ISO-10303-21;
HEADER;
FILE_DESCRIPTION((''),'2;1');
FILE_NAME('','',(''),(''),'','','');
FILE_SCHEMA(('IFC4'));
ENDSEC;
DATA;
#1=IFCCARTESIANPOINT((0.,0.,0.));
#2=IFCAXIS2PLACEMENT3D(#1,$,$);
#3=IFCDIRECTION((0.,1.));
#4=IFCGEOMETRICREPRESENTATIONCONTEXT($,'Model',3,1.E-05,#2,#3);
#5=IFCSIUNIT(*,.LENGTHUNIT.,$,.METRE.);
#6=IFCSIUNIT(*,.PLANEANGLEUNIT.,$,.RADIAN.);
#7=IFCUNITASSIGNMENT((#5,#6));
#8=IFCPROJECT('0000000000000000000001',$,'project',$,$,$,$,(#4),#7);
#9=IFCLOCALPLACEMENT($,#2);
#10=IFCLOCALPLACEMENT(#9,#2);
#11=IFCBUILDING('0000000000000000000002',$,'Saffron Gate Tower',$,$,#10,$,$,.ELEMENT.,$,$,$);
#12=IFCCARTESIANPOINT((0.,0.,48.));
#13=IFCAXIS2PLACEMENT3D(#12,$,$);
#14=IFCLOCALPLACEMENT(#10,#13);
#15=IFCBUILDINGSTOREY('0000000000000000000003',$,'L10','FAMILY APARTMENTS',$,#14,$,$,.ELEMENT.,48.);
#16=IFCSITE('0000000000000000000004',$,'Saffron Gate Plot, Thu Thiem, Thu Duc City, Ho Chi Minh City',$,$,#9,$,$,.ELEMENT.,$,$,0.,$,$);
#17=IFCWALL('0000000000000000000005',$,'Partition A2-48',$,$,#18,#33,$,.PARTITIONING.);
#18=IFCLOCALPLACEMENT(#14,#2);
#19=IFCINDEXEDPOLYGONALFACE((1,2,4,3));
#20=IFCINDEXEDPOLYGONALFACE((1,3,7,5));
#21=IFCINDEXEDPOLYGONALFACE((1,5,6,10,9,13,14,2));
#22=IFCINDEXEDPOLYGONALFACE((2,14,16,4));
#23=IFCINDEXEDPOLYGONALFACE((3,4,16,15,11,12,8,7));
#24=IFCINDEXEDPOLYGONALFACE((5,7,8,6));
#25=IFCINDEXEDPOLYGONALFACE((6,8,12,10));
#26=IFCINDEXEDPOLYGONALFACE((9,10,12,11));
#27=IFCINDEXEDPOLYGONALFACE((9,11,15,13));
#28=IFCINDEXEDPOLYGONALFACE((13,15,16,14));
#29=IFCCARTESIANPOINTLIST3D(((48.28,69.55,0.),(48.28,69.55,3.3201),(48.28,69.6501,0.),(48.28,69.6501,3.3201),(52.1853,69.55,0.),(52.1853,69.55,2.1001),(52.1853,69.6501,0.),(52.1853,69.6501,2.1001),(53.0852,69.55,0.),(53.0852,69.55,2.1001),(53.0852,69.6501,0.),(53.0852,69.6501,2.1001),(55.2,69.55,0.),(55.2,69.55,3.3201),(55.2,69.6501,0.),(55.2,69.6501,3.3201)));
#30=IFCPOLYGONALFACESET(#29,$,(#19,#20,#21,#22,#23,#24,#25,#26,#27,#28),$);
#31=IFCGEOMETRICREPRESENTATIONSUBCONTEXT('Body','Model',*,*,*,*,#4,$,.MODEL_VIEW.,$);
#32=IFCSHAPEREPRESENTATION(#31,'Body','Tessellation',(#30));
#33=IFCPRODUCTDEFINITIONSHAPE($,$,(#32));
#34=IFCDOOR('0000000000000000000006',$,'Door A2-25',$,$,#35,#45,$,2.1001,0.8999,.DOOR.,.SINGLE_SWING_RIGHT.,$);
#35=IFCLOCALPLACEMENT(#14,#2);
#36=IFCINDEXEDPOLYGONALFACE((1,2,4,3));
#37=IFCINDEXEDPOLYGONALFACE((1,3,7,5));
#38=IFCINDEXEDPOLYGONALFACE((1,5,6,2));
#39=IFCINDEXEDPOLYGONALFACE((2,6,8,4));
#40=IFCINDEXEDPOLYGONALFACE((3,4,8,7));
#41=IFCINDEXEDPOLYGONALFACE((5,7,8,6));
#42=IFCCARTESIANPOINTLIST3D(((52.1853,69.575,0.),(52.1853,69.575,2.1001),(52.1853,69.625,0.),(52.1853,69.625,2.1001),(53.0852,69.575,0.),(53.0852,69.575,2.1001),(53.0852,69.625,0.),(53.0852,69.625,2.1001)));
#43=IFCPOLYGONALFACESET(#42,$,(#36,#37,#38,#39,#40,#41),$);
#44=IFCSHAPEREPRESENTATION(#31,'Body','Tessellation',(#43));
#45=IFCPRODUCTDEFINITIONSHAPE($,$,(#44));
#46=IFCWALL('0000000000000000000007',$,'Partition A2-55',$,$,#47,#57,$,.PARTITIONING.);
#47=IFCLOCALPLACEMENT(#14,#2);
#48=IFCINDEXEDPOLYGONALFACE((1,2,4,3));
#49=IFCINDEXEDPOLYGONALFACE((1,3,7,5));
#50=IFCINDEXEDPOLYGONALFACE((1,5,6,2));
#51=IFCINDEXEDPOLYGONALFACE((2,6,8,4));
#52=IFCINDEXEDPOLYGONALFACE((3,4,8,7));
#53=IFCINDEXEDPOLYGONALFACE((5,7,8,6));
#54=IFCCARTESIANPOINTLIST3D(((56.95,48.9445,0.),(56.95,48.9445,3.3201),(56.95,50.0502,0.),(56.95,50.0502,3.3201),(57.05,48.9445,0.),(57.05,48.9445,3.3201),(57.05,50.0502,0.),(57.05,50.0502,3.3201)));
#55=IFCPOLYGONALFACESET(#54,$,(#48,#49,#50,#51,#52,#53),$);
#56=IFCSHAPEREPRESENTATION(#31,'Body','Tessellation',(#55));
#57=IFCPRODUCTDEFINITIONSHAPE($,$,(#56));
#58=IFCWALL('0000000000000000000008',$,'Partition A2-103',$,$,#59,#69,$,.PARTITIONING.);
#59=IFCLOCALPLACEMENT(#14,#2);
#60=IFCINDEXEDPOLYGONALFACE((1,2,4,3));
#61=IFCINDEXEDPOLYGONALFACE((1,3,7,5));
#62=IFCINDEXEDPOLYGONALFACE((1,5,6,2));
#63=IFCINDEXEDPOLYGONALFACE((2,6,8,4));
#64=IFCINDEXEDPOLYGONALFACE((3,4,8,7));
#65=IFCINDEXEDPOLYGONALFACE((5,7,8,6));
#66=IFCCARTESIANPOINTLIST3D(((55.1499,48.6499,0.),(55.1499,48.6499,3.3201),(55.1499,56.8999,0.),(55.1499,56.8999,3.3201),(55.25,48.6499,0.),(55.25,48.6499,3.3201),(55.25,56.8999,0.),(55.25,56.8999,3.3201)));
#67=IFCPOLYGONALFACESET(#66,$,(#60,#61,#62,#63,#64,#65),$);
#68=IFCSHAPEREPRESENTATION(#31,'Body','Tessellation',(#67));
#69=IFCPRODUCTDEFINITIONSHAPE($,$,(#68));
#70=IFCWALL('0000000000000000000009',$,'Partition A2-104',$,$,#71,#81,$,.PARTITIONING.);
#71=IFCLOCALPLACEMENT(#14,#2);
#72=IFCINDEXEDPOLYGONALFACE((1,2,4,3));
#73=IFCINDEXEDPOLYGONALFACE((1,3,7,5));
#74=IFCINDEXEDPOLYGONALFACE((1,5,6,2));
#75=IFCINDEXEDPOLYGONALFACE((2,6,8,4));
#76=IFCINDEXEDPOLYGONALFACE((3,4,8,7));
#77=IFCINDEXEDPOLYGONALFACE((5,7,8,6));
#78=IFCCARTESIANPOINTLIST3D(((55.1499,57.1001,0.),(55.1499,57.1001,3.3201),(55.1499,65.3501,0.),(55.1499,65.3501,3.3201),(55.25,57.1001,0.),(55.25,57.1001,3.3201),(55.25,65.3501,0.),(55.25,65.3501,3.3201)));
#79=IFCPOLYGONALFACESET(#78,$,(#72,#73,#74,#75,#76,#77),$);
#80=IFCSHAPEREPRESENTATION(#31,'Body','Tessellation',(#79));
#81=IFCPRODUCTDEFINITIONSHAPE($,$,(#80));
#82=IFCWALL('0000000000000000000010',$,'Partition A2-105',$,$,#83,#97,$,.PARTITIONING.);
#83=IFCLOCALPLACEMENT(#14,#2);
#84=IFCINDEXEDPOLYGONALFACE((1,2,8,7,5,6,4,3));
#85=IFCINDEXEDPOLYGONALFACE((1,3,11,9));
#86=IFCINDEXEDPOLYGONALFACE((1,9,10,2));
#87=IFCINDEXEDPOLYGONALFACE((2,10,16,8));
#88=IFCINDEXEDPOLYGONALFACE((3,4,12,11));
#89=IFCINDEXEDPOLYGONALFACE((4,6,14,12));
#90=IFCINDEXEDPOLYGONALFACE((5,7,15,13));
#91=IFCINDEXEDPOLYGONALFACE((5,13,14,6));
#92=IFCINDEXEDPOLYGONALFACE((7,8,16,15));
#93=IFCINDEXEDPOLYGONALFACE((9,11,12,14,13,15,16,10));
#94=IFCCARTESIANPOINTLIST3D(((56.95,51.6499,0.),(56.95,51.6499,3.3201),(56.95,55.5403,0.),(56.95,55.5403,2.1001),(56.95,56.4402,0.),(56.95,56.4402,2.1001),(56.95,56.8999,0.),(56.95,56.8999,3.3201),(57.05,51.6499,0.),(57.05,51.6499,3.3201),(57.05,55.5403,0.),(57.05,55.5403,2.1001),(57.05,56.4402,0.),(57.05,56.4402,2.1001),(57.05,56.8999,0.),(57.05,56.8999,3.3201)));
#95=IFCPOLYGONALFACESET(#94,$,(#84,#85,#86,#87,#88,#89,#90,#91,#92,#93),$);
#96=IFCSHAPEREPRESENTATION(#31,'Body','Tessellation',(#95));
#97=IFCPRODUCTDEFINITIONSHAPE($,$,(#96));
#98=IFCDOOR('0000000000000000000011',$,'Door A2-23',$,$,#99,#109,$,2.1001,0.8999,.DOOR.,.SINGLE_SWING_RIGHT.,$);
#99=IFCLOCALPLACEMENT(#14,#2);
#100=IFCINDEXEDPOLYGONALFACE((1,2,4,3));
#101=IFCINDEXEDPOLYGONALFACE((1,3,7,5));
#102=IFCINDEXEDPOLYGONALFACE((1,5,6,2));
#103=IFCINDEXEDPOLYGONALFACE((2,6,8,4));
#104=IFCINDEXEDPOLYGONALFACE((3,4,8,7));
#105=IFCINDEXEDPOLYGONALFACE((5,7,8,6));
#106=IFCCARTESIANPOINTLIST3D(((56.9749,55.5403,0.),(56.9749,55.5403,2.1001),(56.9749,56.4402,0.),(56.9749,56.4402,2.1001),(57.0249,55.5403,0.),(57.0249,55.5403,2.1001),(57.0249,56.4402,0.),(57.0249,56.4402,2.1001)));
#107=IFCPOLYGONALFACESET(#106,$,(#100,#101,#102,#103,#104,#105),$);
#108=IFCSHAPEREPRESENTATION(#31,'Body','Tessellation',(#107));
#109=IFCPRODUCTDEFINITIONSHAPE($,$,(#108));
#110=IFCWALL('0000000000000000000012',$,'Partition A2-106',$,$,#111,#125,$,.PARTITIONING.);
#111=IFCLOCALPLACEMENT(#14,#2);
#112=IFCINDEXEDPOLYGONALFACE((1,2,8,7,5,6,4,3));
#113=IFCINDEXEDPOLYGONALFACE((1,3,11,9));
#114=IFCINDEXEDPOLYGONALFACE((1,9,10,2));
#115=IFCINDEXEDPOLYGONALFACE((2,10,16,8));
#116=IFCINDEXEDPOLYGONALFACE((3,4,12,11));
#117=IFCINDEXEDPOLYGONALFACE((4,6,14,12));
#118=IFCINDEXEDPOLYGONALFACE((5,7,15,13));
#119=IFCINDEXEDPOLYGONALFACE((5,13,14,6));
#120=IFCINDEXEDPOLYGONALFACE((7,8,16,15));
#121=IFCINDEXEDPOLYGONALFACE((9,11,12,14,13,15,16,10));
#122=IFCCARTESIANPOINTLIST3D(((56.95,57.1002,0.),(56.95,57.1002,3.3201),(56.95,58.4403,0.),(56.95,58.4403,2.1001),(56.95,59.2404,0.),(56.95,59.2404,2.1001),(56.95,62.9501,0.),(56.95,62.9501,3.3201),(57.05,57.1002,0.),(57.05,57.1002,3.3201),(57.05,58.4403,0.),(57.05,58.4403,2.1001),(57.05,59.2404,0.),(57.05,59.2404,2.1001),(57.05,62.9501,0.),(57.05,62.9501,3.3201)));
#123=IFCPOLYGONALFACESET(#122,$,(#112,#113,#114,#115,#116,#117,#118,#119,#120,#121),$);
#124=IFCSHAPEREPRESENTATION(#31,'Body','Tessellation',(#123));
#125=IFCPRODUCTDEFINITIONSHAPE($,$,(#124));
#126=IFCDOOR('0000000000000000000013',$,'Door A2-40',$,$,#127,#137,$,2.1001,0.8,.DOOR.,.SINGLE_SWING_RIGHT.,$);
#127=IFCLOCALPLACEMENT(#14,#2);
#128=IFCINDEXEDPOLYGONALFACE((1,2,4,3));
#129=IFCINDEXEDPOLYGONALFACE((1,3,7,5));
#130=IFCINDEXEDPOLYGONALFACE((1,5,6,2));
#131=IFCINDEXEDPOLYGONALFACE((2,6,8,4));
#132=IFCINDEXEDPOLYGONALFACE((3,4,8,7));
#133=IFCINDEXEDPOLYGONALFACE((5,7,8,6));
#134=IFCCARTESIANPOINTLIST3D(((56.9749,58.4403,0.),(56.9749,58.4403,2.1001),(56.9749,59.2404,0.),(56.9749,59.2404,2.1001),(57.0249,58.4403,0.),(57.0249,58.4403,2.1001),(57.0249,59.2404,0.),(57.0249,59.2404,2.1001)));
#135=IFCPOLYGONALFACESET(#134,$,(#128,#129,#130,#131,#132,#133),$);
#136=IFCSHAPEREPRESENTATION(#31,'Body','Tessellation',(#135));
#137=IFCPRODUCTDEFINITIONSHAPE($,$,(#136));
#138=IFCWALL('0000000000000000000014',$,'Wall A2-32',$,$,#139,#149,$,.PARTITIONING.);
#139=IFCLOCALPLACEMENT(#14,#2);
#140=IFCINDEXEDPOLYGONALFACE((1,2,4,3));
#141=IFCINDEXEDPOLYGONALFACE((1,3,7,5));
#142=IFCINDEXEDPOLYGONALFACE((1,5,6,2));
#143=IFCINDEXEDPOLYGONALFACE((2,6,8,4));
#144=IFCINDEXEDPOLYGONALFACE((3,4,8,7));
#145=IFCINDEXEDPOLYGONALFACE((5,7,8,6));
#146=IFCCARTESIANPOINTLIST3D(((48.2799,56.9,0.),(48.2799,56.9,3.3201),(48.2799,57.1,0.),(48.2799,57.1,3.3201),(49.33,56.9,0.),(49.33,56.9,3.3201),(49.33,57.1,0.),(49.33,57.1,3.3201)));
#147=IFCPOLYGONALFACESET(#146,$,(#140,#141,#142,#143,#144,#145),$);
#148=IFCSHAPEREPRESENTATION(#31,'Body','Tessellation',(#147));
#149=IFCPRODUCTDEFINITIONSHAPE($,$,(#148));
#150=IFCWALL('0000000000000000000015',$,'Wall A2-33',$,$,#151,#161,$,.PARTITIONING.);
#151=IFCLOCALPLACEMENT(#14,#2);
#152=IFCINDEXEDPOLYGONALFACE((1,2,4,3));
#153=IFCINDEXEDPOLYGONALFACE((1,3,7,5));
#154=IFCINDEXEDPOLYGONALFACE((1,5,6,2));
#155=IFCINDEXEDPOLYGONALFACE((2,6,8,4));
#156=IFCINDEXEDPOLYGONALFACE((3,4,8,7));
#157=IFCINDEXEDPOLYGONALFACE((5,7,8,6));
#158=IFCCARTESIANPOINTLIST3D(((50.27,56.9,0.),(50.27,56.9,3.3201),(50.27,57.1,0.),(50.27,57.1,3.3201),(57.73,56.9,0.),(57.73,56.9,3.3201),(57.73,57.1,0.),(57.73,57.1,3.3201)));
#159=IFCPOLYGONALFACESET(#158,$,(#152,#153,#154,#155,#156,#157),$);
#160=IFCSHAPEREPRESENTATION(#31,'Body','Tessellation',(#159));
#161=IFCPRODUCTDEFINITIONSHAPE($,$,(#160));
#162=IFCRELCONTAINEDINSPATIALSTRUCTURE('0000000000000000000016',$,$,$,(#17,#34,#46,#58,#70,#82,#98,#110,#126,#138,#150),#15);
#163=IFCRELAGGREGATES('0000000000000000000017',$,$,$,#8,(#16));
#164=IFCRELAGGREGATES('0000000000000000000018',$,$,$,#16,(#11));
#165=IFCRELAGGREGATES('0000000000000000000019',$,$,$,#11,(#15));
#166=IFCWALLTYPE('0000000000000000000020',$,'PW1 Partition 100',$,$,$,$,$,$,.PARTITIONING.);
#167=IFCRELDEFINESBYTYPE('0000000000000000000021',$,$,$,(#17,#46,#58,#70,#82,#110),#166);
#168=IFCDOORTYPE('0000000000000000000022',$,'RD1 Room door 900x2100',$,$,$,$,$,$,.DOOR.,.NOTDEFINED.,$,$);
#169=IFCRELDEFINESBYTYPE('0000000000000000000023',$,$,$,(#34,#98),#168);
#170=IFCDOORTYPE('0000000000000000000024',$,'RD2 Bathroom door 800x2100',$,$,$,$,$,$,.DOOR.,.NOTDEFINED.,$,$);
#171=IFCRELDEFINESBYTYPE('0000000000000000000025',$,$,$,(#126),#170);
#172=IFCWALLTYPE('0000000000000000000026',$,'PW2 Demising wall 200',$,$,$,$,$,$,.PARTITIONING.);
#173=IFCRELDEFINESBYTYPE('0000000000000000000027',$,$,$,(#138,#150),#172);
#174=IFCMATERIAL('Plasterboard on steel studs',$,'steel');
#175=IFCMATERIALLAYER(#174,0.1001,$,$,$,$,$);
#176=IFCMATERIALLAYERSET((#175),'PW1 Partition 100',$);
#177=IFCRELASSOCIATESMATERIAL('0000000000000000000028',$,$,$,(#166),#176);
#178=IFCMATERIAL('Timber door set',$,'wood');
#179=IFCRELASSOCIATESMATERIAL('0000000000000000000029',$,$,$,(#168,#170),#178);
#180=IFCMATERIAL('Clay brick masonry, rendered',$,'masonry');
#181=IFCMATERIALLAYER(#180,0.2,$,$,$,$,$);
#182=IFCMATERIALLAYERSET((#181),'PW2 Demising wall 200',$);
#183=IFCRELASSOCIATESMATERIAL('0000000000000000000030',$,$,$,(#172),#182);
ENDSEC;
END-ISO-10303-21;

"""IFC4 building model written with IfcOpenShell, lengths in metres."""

from ifc_helpers import new_model, si_unit, direction, frame, frame_2d, origin, place, context, subcontext, project, spatial, rectangle, extrude, material, layer, layer_set, type_object, element, fill, save


model = new_model("IFC4")

# Units and contexts
model_context = context("Model", 3, precision=1e-05, world=origin(), true_north=direction((0.0, 1.0)))
body_context = subcontext(model_context, "Body", "Model", "MODEL_VIEW")
ifc_project = project(units=[si_unit("LENGTHUNIT", "METRE"), si_unit("PLANEANGLEUNIT", "RADIAN")], contexts=[model_context])

# Site, building, storey
site_placement = place(None, origin())
site = spatial("IfcSite", under=ifc_project, at=site_placement, Name="Saffron Gate Plot, Thu Thiem, Thu Duc City, Ho Chi Minh City", CompositionType="ELEMENT", RefElevation=0.0)
building_placement = place(site_placement, origin())
building = spatial("IfcBuilding", under=site, at=building_placement, Name="Saffron Gate Tower", CompositionType="ELEMENT")
storey_placement = place(building_placement, frame((0.0, 0.0, 48.0)))
storey = spatial("IfcBuildingStorey", under=building, at=storey_placement, Name="L10", Description="FAMILY APARTMENTS", CompositionType="ELEMENT", Elevation=48.0)

# Shared definitions
ifc_material_1 = material(Name="Plasterboard on steel studs", Category="steel")
ifc_layer_1 = layer(ifc_material_1, 0.1001)
ifc_layer_set_1 = layer_set([ifc_layer_1], Name="PW1 Partition 100")
wall_type_1 = type_object("IfcWallType", Name="PW1 Partition 100", PredefinedType="PARTITIONING", material=ifc_layer_set_1)

# Shared definitions
ifc_material_2 = material(Name="Timber door set", Category="wood")
door_type_1 = type_object("IfcDoorType", Name="RD1 Room door 900x2100", OperationType="NOTDEFINED", PredefinedType="DOOR", material=ifc_material_2)

# Shared definitions
door_type_2 = type_object("IfcDoorType", Name="RD2 Bathroom door 800x2100", OperationType="NOTDEFINED", PredefinedType="DOOR", material=ifc_material_2)

# Wall, opening, door
wall_1_placement = place(storey_placement, frame((48.28, 69.6001, 0.0), z_axis=(0.0, 0.0, 1.0), x_axis=(1.0, 0.0, 0.0)))
wall_1 = element("IfcWall", 1, at=wall_1_placement, inside=storey, type_object=wall_type_1, Name="Partition A2-48", PredefinedType="PARTITIONING", context=body_context, shape_type="SweptSolid", body=[
    extrude(rectangle(XDim=6.9199, YDim=0.1001, at=frame_2d((3.46, 0.0))), origin(), (0.0, 0.0, 1.0), 3.3201),
])
opening_1_placement = place(wall_1_placement, frame((3.9053, 0.0, 0.0)))
opening_1 = element("IfcOpeningElement", 2, at=opening_1_placement, cuts=wall_1, PredefinedType="OPENING", context=body_context, shape_type="SweptSolid", body=[
    extrude(rectangle(XDim=0.8999, YDim=2.1001, at=frame_2d((0.45, 1.05))), frame((0.0, 0.0601, 0.0), z_axis=(0.0, -1.0, 0.0), x_axis=(1.0, 0.0, 0.0)), (0.0, 0.0, 1.0), 0.1201),
])
door_1_placement = place(opening_1_placement, origin())
door_1 = element("IfcDoor", 3, at=door_1_placement, inside=storey, type_object=door_type_1, Name="Door A2-25", OperationType="SINGLE_SWING_RIGHT", OverallHeight=2.1001, OverallWidth=0.8999, PredefinedType="DOOR", context=body_context, shape_type="SweptSolid", body=[
    extrude(rectangle(XDim=0.8999, YDim=2.1001, at=frame_2d((0.45, 1.05))), frame((0.0, 0.0249, 0.0), z_axis=(0.0, -1.0, 0.0), x_axis=(1.0, 0.0, 0.0)), (0.0, 0.0, 1.0), 0.05),
])
fill(opening_1, door_1)

# Walls
wall_2_placement = place(storey_placement, frame((57.0, 50.05, 0.0), z_axis=(0.0, 0.0, 1.0), x_axis=(0.0, -1.0, 0.0)))
element("IfcWall", 4, at=wall_2_placement, inside=storey, type_object=wall_type_1, Name="Partition A2-55", PredefinedType="PARTITIONING", context=body_context, shape_type="SweptSolid", body=[
    extrude(rectangle(XDim=1.1057, YDim=0.1001, at=frame_2d((0.5527, 0.0))), origin(), (0.0, 0.0, 1.0), 3.3201),
])
for number, where, z_axis, x_axis, name in (
    (5, (55.2, 56.8999, 0.0), (0.0, 0.0, 1.0), (0.0, -1.0, 0.0), "Partition A2-103"),
    (6, (55.2, 65.3501, 0.0), (0.0, 0.0, 1.0), (0.0, -1.0, 0.0), "Partition A2-104"),
):
    element("IfcWall", number, at=place(storey_placement, frame(where, z_axis=z_axis, x_axis=x_axis)), inside=storey, type_object=wall_type_1, Name=name, PredefinedType="PARTITIONING", context=body_context, shape_type="SweptSolid", body=[
        extrude(rectangle(XDim=8.25, YDim=0.1001, at=frame_2d((4.125, 0.0))), origin(), (0.0, 0.0, 1.0), 3.3201),
    ])

# Walls, openings, doors
wall_3_placement = place(storey_placement, frame((57.0, 56.8999, 0.0), z_axis=(0.0, 0.0, 1.0), x_axis=(0.0, -1.0, 0.0)))
wall_3 = element("IfcWall", 7, at=wall_3_placement, inside=storey, type_object=wall_type_1, Name="Partition A2-105", PredefinedType="PARTITIONING", context=body_context, shape_type="SweptSolid", body=[
    extrude(rectangle(XDim=5.25, YDim=0.1001, at=frame_2d((2.625, 0.0))), origin(), (0.0, 0.0, 1.0), 3.3201),
])
opening_2_placement = place(wall_3_placement, frame((0.4597, 0.0, 0.0)))
opening_2 = element("IfcOpeningElement", 8, at=opening_2_placement, cuts=wall_3, PredefinedType="OPENING", context=body_context, shape_type="SweptSolid", body=[
    extrude(rectangle(XDim=0.8999, YDim=2.1001, at=frame_2d((0.45, 1.05))), frame((0.0, 0.0601, 0.0), z_axis=(0.0, -1.0, 0.0), x_axis=(1.0, 0.0, 0.0)), (0.0, 0.0, 1.0), 0.1201),
])
door_2_placement = place(opening_2_placement, origin())
door_2 = element("IfcDoor", 9, at=door_2_placement, inside=storey, type_object=door_type_1, Name="Door A2-23", OperationType="SINGLE_SWING_RIGHT", OverallHeight=2.1001, OverallWidth=0.8999, PredefinedType="DOOR", context=body_context, shape_type="SweptSolid", body=[
    extrude(rectangle(XDim=0.8999, YDim=2.1001, at=frame_2d((0.45, 1.05))), frame((0.0, 0.0249, 0.0), z_axis=(0.0, -1.0, 0.0), x_axis=(1.0, 0.0, 0.0)), (0.0, 0.0, 1.0), 0.05),
])
fill(opening_2, door_2)
wall_4_placement = place(storey_placement, frame((57.0, 62.95, 0.0), z_axis=(0.0, 0.0, 1.0), x_axis=(0.0, -1.0, 0.0)))
wall_4 = element("IfcWall", 10, at=wall_4_placement, inside=storey, type_object=wall_type_1, Name="Partition A2-106", PredefinedType="PARTITIONING", context=body_context, shape_type="SweptSolid", body=[
    extrude(rectangle(XDim=5.8499, YDim=0.1001, at=frame_2d((2.9248, 0.0))), origin(), (0.0, 0.0, 1.0), 3.3201),
])
opening_3_placement = place(wall_4_placement, frame((3.7097, 0.0, 0.0)))
opening_3 = element("IfcOpeningElement", 11, at=opening_3_placement, cuts=wall_4, PredefinedType="OPENING", context=body_context, shape_type="SweptSolid", body=[
    extrude(rectangle(XDim=0.8, YDim=2.1001, at=frame_2d((0.3999, 1.05))), frame((0.0, 0.0601, 0.0), z_axis=(0.0, -1.0, 0.0), x_axis=(1.0, 0.0, 0.0)), (0.0, 0.0, 1.0), 0.1201),
])
door_3_placement = place(opening_3_placement, origin())
door_3 = element("IfcDoor", 12, at=door_3_placement, inside=storey, type_object=door_type_2, Name="Door A2-40", OperationType="SINGLE_SWING_RIGHT", OverallHeight=2.1001, OverallWidth=0.8, PredefinedType="DOOR", context=body_context, shape_type="SweptSolid", body=[
    extrude(rectangle(XDim=0.8, YDim=2.1001, at=frame_2d((0.3999, 1.05))), frame((0.0, 0.0249, 0.0), z_axis=(0.0, -1.0, 0.0), x_axis=(1.0, 0.0, 0.0)), (0.0, 0.0, 1.0), 0.05),
])
fill(opening_3, door_3)

# Walls
ifc_material_3 = material(Name="Clay brick masonry, rendered", Category="masonry")
ifc_layer_2 = layer(ifc_material_3, 0.2)
ifc_layer_set_2 = layer_set([ifc_layer_2], Name="PW2 Demising wall 200")
wall_type_2 = type_object("IfcWallType", Name="PW2 Demising wall 200", PredefinedType="PARTITIONING", material=ifc_layer_set_2)
wall_5_placement = place(storey_placement, frame((48.28, 57.0, 0.0), z_axis=(0.0, 0.0, 1.0), x_axis=(1.0, 0.0, 0.0)))
element("IfcWall", 13, at=wall_5_placement, inside=storey, type_object=wall_type_2, Name="Wall A2-32", PredefinedType="PARTITIONING", context=body_context, shape_type="SweptSolid", body=[
    extrude(rectangle(XDim=1.05, YDim=0.2, at=frame_2d((0.5249, 0.0))), origin(), (0.0, 0.0, 1.0), 3.3201),
])
wall_6_placement = place(storey_placement, frame((50.27, 57.0, 0.0), z_axis=(0.0, 0.0, 1.0), x_axis=(1.0, 0.0, 0.0)))
element("IfcWall", 14, at=wall_6_placement, inside=storey, type_object=wall_type_2, Name="Wall A2-33", PredefinedType="PARTITIONING", context=body_context, shape_type="SweptSolid", body=[
    extrude(rectangle(XDim=7.46, YDim=0.2, at=frame_2d((3.73, 0.0))), origin(), (0.0, 0.0, 1.0), 3.3201),
])

save(model, "model.ifc")
